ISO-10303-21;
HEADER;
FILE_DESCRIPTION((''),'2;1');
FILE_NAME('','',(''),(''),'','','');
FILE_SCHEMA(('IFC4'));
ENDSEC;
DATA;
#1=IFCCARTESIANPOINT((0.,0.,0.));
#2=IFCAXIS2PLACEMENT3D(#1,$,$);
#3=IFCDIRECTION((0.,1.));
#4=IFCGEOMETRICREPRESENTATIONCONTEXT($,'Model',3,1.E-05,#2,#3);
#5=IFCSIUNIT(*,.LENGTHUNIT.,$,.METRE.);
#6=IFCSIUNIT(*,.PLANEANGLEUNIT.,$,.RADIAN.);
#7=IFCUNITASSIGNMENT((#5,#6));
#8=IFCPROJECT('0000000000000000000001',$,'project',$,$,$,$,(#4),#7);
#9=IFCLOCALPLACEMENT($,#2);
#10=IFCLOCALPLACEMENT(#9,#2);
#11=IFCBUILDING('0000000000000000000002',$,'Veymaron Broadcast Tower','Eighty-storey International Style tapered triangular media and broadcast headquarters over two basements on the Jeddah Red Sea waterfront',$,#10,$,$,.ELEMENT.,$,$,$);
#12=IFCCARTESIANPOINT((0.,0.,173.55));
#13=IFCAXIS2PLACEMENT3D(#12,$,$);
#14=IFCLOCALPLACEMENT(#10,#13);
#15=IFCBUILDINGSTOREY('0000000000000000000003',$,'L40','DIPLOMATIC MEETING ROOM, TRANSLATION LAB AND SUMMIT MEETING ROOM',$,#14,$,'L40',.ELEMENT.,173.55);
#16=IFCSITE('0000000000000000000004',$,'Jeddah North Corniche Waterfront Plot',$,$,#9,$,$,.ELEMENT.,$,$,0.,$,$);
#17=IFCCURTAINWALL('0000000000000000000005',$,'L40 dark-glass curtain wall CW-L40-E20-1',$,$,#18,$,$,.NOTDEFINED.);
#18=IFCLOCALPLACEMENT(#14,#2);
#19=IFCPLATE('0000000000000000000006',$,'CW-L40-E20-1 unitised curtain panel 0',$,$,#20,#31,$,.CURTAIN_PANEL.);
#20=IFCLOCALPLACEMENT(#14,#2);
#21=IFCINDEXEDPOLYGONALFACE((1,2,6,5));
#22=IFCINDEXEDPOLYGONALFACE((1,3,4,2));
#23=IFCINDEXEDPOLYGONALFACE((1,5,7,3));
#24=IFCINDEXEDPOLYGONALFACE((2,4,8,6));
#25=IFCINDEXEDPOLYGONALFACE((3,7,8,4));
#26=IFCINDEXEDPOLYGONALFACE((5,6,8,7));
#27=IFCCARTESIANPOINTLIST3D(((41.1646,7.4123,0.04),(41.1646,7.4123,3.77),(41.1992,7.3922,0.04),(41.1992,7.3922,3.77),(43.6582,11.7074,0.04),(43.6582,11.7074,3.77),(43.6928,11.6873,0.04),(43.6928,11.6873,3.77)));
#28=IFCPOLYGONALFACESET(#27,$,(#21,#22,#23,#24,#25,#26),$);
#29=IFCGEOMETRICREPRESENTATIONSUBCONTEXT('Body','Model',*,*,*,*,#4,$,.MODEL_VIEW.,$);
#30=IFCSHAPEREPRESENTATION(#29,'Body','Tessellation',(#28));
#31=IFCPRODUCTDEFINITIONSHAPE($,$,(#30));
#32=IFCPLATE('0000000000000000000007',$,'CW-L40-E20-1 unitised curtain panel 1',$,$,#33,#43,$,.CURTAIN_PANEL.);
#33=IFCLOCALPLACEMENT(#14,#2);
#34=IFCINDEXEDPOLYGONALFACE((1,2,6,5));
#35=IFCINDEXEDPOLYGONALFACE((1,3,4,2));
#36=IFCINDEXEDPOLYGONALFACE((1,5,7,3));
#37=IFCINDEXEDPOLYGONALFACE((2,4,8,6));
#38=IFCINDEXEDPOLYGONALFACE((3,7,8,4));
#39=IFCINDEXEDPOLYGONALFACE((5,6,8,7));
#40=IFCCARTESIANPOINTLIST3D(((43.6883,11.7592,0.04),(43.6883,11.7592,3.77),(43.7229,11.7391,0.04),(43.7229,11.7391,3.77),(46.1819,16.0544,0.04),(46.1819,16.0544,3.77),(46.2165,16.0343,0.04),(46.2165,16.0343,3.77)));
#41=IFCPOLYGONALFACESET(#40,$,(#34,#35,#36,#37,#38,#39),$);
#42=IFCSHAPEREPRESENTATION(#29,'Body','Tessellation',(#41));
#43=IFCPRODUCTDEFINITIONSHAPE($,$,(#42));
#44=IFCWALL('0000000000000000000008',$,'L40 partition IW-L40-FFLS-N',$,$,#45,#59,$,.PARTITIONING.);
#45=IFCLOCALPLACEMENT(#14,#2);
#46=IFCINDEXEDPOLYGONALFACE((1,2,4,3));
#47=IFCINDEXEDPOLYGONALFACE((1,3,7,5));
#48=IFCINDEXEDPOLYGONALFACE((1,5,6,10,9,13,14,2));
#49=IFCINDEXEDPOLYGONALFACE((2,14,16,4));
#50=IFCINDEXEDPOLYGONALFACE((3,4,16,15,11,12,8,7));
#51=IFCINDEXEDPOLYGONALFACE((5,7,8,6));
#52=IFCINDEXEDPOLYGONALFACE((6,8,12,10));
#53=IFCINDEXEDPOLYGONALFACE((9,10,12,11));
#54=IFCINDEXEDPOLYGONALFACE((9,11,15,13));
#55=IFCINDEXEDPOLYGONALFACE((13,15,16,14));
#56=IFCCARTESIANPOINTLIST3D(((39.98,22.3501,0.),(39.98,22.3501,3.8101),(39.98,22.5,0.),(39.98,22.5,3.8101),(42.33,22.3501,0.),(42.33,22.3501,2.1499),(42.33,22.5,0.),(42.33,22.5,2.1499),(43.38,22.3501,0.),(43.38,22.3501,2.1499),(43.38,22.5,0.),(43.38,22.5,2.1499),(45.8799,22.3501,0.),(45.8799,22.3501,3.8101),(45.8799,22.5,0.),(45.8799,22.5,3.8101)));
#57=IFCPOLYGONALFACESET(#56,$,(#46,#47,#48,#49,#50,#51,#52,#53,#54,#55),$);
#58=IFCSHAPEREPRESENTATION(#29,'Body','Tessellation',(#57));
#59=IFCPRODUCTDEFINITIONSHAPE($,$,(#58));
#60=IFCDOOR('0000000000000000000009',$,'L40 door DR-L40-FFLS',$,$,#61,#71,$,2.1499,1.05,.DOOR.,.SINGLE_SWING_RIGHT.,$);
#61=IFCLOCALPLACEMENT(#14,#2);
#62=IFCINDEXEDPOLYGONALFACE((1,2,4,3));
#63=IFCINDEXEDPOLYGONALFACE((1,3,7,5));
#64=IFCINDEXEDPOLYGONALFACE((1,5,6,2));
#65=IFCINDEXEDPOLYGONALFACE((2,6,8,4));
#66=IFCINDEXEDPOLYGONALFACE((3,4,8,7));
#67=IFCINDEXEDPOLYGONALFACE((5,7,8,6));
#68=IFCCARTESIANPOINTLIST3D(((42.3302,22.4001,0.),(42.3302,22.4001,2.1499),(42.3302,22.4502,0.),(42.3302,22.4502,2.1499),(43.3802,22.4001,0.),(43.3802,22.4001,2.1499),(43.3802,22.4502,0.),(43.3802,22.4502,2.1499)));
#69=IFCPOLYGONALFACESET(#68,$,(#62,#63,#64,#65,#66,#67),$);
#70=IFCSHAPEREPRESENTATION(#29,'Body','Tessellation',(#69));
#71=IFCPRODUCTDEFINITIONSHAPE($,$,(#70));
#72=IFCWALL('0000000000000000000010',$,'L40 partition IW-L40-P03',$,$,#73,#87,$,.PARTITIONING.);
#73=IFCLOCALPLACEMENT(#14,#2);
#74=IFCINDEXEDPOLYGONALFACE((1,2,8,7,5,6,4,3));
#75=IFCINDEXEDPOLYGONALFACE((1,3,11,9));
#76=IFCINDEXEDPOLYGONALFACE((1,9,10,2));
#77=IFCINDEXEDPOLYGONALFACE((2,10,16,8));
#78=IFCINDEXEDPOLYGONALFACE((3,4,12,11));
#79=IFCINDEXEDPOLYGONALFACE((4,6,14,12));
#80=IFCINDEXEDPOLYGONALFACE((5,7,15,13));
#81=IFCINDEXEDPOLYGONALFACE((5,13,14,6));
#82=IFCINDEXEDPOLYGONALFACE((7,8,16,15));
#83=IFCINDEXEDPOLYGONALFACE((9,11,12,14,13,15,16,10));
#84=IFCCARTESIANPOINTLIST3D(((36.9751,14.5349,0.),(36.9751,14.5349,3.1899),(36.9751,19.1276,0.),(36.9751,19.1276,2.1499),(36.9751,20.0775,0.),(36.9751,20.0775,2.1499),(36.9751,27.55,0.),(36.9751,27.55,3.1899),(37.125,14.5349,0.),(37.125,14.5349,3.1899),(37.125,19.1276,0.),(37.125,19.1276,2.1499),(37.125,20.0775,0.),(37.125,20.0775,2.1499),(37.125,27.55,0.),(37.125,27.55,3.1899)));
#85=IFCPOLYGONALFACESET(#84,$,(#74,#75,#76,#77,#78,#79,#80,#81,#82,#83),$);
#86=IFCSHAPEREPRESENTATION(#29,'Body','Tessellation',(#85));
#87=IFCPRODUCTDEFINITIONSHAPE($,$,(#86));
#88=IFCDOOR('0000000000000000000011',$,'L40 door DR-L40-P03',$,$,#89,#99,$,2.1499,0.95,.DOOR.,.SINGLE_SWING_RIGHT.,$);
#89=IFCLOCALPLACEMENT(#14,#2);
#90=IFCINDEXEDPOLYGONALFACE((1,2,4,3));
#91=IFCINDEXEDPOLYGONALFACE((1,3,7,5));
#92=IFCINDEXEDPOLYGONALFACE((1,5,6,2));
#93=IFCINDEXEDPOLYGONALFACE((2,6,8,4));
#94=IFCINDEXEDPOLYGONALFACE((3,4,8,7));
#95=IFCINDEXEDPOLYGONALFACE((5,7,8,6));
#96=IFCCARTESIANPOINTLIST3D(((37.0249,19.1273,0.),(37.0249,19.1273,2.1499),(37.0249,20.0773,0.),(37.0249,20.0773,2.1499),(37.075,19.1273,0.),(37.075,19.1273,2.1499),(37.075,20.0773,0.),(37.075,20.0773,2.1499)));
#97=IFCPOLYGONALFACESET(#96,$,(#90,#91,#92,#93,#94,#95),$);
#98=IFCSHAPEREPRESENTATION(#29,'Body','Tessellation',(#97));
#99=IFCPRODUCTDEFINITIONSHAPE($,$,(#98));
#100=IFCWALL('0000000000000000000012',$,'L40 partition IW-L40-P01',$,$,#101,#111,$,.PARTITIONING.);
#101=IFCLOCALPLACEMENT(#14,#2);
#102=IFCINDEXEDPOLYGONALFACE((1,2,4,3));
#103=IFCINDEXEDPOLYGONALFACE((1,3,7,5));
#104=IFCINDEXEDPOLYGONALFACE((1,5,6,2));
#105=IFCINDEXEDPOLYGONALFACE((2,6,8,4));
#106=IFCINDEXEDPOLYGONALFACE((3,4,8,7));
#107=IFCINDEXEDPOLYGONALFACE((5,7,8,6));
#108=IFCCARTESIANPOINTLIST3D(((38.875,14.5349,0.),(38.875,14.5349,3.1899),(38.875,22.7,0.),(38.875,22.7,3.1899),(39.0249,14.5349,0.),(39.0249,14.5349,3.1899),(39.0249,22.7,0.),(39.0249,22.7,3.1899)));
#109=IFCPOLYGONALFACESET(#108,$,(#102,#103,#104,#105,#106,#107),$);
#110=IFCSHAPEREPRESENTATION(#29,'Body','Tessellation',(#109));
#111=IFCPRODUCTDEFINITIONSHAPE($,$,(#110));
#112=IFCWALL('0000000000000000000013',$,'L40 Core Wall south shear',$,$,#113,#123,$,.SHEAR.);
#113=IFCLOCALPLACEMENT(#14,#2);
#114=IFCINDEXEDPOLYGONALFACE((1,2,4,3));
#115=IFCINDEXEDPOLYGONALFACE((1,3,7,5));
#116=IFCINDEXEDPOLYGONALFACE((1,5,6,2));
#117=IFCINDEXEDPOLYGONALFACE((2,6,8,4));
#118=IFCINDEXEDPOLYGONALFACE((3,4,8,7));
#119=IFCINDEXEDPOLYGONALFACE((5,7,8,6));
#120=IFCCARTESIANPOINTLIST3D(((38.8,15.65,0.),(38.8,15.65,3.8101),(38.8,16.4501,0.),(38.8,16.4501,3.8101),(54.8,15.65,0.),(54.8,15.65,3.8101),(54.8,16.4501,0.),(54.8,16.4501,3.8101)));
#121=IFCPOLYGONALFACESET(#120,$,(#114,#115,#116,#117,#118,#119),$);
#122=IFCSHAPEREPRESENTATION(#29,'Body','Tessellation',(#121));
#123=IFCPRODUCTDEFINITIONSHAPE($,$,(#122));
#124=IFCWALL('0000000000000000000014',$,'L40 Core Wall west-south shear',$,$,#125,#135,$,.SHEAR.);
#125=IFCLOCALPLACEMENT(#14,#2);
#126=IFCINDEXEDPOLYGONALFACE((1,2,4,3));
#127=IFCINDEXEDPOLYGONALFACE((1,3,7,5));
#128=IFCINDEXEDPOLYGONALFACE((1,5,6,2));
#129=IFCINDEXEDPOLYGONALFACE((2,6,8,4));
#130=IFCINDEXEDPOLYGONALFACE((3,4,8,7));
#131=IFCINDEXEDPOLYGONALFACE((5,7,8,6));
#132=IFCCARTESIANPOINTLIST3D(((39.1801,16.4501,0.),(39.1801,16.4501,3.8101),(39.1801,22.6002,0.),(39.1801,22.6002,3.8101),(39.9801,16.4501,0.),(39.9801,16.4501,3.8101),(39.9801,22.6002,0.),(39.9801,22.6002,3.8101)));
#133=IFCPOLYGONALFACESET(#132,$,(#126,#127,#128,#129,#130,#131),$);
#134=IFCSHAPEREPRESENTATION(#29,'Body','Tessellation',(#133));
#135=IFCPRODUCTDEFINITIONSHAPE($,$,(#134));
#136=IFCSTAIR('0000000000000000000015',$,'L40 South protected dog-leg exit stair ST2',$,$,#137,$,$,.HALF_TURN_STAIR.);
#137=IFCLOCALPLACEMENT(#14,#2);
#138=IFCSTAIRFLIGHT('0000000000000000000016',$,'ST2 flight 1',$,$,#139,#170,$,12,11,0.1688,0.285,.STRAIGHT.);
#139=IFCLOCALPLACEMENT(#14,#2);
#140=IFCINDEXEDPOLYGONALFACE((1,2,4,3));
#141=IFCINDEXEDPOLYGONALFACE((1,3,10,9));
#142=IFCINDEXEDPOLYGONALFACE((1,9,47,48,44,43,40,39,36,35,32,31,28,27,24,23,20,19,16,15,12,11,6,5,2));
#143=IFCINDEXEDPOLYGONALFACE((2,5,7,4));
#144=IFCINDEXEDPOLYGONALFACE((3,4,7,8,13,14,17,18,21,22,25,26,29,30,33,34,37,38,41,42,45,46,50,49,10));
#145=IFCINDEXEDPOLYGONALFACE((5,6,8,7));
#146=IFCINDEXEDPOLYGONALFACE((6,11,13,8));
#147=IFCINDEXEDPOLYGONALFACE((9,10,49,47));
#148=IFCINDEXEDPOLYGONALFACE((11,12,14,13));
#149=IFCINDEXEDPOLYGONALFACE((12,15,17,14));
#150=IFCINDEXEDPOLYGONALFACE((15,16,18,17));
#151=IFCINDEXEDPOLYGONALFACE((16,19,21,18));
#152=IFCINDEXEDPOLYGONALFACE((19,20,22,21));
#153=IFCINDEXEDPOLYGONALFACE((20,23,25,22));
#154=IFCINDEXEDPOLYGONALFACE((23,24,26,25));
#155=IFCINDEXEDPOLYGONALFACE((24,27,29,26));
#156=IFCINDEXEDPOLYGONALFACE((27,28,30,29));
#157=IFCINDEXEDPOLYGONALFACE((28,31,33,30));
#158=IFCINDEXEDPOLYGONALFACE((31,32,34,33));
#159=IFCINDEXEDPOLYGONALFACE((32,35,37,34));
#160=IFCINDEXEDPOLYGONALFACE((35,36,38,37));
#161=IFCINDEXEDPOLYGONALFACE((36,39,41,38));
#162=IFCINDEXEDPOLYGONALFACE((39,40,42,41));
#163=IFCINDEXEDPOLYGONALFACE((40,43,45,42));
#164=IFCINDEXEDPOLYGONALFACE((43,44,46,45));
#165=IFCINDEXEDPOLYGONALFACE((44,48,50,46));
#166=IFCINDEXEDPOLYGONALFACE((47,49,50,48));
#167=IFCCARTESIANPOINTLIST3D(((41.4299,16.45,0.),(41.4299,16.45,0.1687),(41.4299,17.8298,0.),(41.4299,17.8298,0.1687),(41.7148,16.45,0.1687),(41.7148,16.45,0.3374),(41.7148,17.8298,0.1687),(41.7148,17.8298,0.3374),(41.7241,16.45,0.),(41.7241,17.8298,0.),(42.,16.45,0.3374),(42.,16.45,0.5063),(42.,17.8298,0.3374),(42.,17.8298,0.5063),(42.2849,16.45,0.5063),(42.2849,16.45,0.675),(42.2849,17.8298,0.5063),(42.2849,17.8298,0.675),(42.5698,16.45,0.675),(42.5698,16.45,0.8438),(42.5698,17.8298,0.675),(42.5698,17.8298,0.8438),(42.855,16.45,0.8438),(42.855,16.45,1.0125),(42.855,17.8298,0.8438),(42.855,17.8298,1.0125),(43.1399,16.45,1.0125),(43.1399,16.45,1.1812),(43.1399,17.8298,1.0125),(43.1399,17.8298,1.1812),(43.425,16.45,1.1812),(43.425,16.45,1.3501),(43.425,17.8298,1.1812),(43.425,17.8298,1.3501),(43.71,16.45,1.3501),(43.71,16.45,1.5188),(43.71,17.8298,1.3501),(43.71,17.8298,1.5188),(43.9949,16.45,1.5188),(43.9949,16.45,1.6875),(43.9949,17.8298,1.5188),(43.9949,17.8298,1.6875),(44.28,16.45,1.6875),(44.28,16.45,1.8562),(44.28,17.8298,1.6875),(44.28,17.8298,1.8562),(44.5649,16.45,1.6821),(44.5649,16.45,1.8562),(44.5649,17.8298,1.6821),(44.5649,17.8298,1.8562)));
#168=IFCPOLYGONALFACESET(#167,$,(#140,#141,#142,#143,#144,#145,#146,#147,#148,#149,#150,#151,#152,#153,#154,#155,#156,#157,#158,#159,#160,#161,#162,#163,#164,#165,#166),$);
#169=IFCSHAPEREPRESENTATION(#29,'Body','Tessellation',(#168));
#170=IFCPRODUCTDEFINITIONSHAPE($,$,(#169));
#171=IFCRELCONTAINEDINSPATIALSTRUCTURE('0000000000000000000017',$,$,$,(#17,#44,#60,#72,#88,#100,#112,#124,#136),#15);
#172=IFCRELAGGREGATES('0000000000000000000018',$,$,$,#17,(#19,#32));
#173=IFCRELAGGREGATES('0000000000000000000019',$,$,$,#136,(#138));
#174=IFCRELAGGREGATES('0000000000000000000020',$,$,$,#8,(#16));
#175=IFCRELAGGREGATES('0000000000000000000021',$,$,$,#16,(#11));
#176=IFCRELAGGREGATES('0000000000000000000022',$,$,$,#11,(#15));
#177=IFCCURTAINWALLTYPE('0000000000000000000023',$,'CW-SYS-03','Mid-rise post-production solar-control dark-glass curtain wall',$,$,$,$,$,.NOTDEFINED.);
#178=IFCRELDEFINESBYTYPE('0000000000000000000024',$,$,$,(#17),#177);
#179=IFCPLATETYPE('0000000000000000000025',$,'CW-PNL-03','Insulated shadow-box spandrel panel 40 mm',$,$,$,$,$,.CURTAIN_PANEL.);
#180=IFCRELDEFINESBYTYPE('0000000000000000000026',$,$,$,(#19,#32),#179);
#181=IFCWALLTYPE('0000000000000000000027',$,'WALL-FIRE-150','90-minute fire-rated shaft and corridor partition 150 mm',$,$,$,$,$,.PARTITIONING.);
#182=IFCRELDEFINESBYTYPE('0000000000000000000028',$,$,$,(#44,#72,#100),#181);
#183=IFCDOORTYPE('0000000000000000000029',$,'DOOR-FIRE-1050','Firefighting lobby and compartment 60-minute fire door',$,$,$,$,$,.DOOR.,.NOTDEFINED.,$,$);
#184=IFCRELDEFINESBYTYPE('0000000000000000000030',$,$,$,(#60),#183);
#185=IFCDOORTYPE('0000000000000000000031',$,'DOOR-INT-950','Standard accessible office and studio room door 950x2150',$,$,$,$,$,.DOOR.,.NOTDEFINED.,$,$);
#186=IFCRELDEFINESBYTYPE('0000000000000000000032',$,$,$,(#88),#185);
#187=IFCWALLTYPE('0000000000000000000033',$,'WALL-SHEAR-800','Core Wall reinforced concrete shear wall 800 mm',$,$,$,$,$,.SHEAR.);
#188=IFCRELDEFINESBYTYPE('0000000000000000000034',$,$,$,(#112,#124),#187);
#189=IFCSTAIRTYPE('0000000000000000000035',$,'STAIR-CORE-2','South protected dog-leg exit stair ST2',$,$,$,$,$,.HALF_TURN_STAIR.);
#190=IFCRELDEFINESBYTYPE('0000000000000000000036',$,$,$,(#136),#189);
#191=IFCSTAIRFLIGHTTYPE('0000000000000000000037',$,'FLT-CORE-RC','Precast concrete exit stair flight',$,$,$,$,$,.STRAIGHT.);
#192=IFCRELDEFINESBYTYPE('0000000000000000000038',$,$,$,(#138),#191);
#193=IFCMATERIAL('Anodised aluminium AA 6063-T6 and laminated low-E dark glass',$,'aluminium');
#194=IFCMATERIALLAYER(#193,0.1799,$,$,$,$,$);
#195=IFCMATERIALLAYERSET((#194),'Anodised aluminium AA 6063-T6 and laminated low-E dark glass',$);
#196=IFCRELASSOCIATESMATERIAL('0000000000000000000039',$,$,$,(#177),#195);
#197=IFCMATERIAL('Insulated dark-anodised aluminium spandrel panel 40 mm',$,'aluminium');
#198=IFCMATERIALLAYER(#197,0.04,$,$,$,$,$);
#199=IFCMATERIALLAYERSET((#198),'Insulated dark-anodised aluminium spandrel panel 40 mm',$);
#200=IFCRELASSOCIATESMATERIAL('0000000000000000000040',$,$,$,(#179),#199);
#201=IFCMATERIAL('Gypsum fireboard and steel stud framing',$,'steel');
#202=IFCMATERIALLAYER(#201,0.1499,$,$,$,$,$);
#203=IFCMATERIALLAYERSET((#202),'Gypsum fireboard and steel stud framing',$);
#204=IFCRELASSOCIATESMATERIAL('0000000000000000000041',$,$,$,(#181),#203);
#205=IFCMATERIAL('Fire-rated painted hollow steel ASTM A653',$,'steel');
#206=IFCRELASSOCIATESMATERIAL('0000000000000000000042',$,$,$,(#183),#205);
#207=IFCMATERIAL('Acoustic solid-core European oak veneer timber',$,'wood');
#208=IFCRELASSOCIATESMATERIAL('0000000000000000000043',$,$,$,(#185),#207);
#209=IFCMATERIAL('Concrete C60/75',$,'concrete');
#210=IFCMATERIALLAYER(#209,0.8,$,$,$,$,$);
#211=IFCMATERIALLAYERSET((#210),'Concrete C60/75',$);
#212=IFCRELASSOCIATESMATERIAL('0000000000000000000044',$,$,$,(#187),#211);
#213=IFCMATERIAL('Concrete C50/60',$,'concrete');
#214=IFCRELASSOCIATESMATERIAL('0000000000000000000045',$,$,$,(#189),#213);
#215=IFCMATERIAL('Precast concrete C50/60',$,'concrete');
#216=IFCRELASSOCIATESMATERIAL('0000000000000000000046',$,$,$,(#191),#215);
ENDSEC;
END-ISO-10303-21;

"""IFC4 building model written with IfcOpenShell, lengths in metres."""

from ifc_helpers import new_model, si_unit, direction, frame, frame_2d, origin, origin_2d, place, context, subcontext, project, spatial, polyline, rectangle, outline, extrude, material, layer, layer_set, type_object, element, fill, aggregate, save


model = new_model("IFC4")

# Units and contexts
model_context = context("Model", 3, precision=1e-05, world=origin(), true_north=direction((0.0, 1.0)))
body_context = subcontext(model_context, "Body", "Model", "MODEL_VIEW")
ifc_project = project(units=[si_unit("LENGTHUNIT", "METRE"), si_unit("PLANEANGLEUNIT", "RADIAN")], contexts=[model_context])

# Site, building, storey
site_placement = place(None, origin())
site = spatial("IfcSite", under=ifc_project, at=site_placement, Name="Jeddah North Corniche Waterfront Plot", CompositionType="ELEMENT", RefElevation=0.0)
building_placement = place(site_placement, origin())
building = spatial("IfcBuilding", under=site, at=building_placement, Name="Veymaron Broadcast Tower", Description="Eighty-storey International Style tapered triangular media and broadcast headquarters over two basements on the Jeddah Red Sea waterfront", CompositionType="ELEMENT")
storey_placement = place(building_placement, frame((0.0, 0.0, 173.55)))
storey = spatial("IfcBuildingStorey", under=building, at=storey_placement, Name="L40", Description="DIPLOMATIC MEETING ROOM, TRANSLATION LAB AND SUMMIT MEETING ROOM", LongName="L40", CompositionType="ELEMENT", Elevation=173.55)

# Curtain wall, plates
ifc_material_1 = material(Name="Anodised aluminium AA 6063-T6 and laminated low-E dark glass", Category="aluminium")
ifc_layer_1 = layer(ifc_material_1, 0.1799)
ifc_layer_set_1 = layer_set([ifc_layer_1], Name="Anodised aluminium AA 6063-T6 and laminated low-E dark glass")
curtain_wall_type = type_object("IfcCurtainWallType", Name="CW-SYS-03", Description="Mid-rise post-production solar-control dark-glass curtain wall", PredefinedType="NOTDEFINED", material=ifc_layer_set_1)
curtain_wall_placement = place(storey_placement, origin())
curtain_wall = element("IfcCurtainWall", 1, at=curtain_wall_placement, inside=storey, type_object=curtain_wall_type, Name="L40 dark-glass curtain wall CW-L40-E20-1", PredefinedType="NOTDEFINED")
ifc_material_2 = material(Name="Insulated dark-anodised aluminium spandrel panel 40 mm", Category="aluminium")
ifc_layer_2 = layer(ifc_material_2, 0.04)
ifc_layer_set_2 = layer_set([ifc_layer_2], Name="Insulated dark-anodised aluminium spandrel panel 40 mm")
plate_type = type_object("IfcPlateType", Name="CW-PNL-03", Description="Insulated shadow-box spandrel panel 40 mm", PredefinedType="CURTAIN_PANEL", material=ifc_layer_set_2)
plate_1_placement = place(storey_placement, frame((42.4287, 9.5498, 0.04), z_axis=(0.0, 0.0, 1.0), x_axis=(0.502084, 0.864819, 0.0)))
plate_1 = element("IfcPlate", 2, at=plate_1_placement, type_object=plate_type, Name="CW-L40-E20-1 unitised curtain panel 0", PredefinedType="CURTAIN_PANEL", context=body_context, shape_type="SweptSolid", body=[
    extrude(rectangle(XDim=4.9666, YDim=0.04, at=origin_2d()), origin(), (0.0, 0.0, 1.0), 3.73),
])
plate_2_placement = place(storey_placement, frame((44.9524, 13.8967, 0.04), z_axis=(0.0, 0.0, 1.0), x_axis=(0.502084, 0.864819, 0.0)))
plate_2 = element("IfcPlate", 3, at=plate_2_placement, type_object=plate_type, Name="CW-L40-E20-1 unitised curtain panel 1", PredefinedType="CURTAIN_PANEL", context=body_context, shape_type="SweptSolid", body=[
    extrude(rectangle(XDim=4.9666, YDim=0.04, at=origin_2d()), origin(), (0.0, 0.0, 1.0), 3.73),
])
aggregate(curtain_wall, [plate_1, plate_2])

# Walls, openings, doors
ifc_material_3 = material(Name="Gypsum fireboard and steel stud framing", Category="steel")
ifc_layer_3 = layer(ifc_material_3, 0.1499)
ifc_layer_set_3 = layer_set([ifc_layer_3], Name="Gypsum fireboard and steel stud framing")
wall_type_1 = type_object("IfcWallType", Name="WALL-FIRE-150", Description="90-minute fire-rated shaft and corridor partition 150 mm", PredefinedType="PARTITIONING", material=ifc_layer_set_3)
wall_1_placement = place(storey_placement, frame((39.98, 22.425, 0.0), z_axis=(0.0, 0.0, 1.0), x_axis=(1.0, 0.0, 0.0)))
wall_1 = element("IfcWall", 4, at=wall_1_placement, inside=storey, type_object=wall_type_1, Name="L40 partition IW-L40-FFLS-N", PredefinedType="PARTITIONING", context=body_context, shape_type="SweptSolid", body=[
    extrude(rectangle(XDim=5.8999, YDim=0.1499, at=frame_2d((2.95, 0.0))), origin(), (0.0, 0.0, 1.0), 3.8101),
])
opening_1_placement = place(wall_1_placement, frame((2.3501, 0.0, 0.0)))
opening_1 = element("IfcOpeningElement", 5, at=opening_1_placement, cuts=wall_1, PredefinedType="OPENING", context=body_context, shape_type="SweptSolid", body=[
    extrude(rectangle(XDim=1.05, YDim=2.1499, at=frame_2d((0.5249, 1.075))), frame((0.0, 0.085, 0.0), z_axis=(0.0, -1.0, 0.0), x_axis=(1.0, 0.0, 0.0)), (0.0, 0.0, 1.0), 0.1699),
])
ifc_material_4 = material(Name="Fire-rated painted hollow steel ASTM A653", Category="steel")
door_type_1 = type_object("IfcDoorType", Name="DOOR-FIRE-1050", Description="Firefighting lobby and compartment 60-minute fire door", OperationType="NOTDEFINED", PredefinedType="DOOR", material=ifc_material_4)
door_1_placement = place(opening_1_placement, frame((1.05, 0.0, 0.0), z_axis=(0.0, 0.0, 1.0), x_axis=(-1.0, 0.0, 0.0)))
door_1 = element("IfcDoor", 6, at=door_1_placement, inside=storey, type_object=door_type_1, Name="L40 door DR-L40-FFLS", OperationType="SINGLE_SWING_RIGHT", OverallHeight=2.1499, OverallWidth=1.05, PredefinedType="DOOR", context=body_context, shape_type="SweptSolid", body=[
    extrude(rectangle(XDim=1.05, YDim=2.1499, at=frame_2d((0.5249, 1.075))), frame((0.0, 0.0249, 0.0), z_axis=(0.0, -1.0, 0.0), x_axis=(1.0, 0.0, 0.0)), (0.0, 0.0, 1.0), 0.05),
])
fill(opening_1, door_1)
ifc_material_5 = material(Name="Acoustic solid-core European oak veneer timber", Category="wood")
door_type_2 = type_object("IfcDoorType", Name="DOOR-INT-950", Description="Standard accessible office and studio room door 950x2150", OperationType="NOTDEFINED", PredefinedType="DOOR", material=ifc_material_5)
wall_2_placement = place(storey_placement, frame((37.05, 14.5349, 0.0), z_axis=(0.0, 0.0, 1.0), x_axis=(0.0, 1.0, 0.0)))
wall_2 = element("IfcWall", 7, at=wall_2_placement, inside=storey, type_object=wall_type_1, Name="L40 partition IW-L40-P03", PredefinedType="PARTITIONING", context=body_context, shape_type="SweptSolid", body=[
    extrude(rectangle(XDim=13.0151, YDim=0.1499, at=frame_2d((6.5076, 0.0))), origin(), (0.0, 0.0, 1.0), 3.1899),
])
opening_2_placement = place(wall_2_placement, frame((4.5925, 0.0, 0.0)))
opening_2 = element("IfcOpeningElement", 8, at=opening_2_placement, cuts=wall_2, PredefinedType="OPENING", context=body_context, shape_type="SweptSolid", body=[
    extrude(rectangle(XDim=0.95, YDim=2.1499, at=frame_2d((0.4751, 1.075))), frame((0.0, 0.085, 0.0), z_axis=(0.0, -1.0, 0.0), x_axis=(1.0, 0.0, 0.0)), (0.0, 0.0, 1.0), 0.1699),
])
door_2_placement = place(opening_2_placement, frame((0.95, 0.0, 0.0), z_axis=(0.0, 0.0, 1.0), x_axis=(-1.0, 0.0, 0.0)))
door_2 = element("IfcDoor", 9, at=door_2_placement, inside=storey, type_object=door_type_2, Name="L40 door DR-L40-P03", OperationType="SINGLE_SWING_RIGHT", OverallHeight=2.1499, OverallWidth=0.95, PredefinedType="DOOR", context=body_context, shape_type="SweptSolid", body=[
    extrude(rectangle(XDim=0.95, YDim=2.1499, at=frame_2d((0.4751, 1.075))), frame((0.0, 0.0249, 0.0), z_axis=(0.0, -1.0, 0.0), x_axis=(1.0, 0.0, 0.0)), (0.0, 0.0, 1.0), 0.05),
])
fill(opening_2, door_2)

# Wall
wall_3_placement = place(storey_placement, frame((38.95, 14.5349, 0.0), z_axis=(0.0, 0.0, 1.0), x_axis=(0.0, 1.0, 0.0)))
element("IfcWall", 10, at=wall_3_placement, inside=storey, type_object=wall_type_1, Name="L40 partition IW-L40-P01", PredefinedType="PARTITIONING", context=body_context, shape_type="SweptSolid", body=[
    extrude(rectangle(XDim=8.165, YDim=0.1499, at=frame_2d((4.0825, 0.0))), origin(), (0.0, 0.0, 1.0), 3.1899),
])

# Shared definitions
ifc_material_6 = material(Name="Concrete C50/60", Category="concrete")

# Walls
ifc_material_7 = material(Name="Concrete C60/75", Category="concrete")
ifc_layer_4 = layer(ifc_material_7, 0.8)
ifc_layer_set_4 = layer_set([ifc_layer_4], Name="Concrete C60/75")
wall_type_2 = type_object("IfcWallType", Name="WALL-SHEAR-800", Description="Core Wall reinforced concrete shear wall 800 mm", PredefinedType="SHEAR", material=ifc_layer_set_4)
wall_4_placement = place(storey_placement, frame((38.8, 16.05, 0.0), z_axis=(0.0, 0.0, 1.0), x_axis=(1.0, 0.0, 0.0)))
element("IfcWall", 11, at=wall_4_placement, inside=storey, type_object=wall_type_2, Name="L40 Core Wall south shear", PredefinedType="SHEAR", context=body_context, shape_type="SweptSolid", body=[
    extrude(rectangle(XDim=16.0, YDim=0.8, at=frame_2d((8.0, 0.0))), origin(), (0.0, 0.0, 1.0), 3.8101),
])
wall_5_placement = place(storey_placement, frame((39.5801, 16.45, 0.0), z_axis=(0.0, 0.0, 1.0), x_axis=(0.0, 1.0, 0.0)))
element("IfcWall", 12, at=wall_5_placement, inside=storey, type_object=wall_type_2, Name="L40 Core Wall west-south shear", PredefinedType="SHEAR", context=body_context, shape_type="SweptSolid", body=[
    extrude(rectangle(XDim=6.1501, YDim=0.8, at=frame_2d((3.0752, 0.0))), origin(), (0.0, 0.0, 1.0), 3.8101),
])

# Stair, stair flight
stair_type = type_object("IfcStairType", Name="STAIR-CORE-2", Description="South protected dog-leg exit stair ST2", PredefinedType="HALF_TURN_STAIR", material=ifc_material_6)
stair_placement = place(storey_placement, origin())
stair = element("IfcStair", 13, at=stair_placement, inside=storey, type_object=stair_type, Name="L40 South protected dog-leg exit stair ST2", PredefinedType="HALF_TURN_STAIR")
ifc_material_8 = material(Name="Precast concrete C50/60", Category="concrete")
stair_flight_type = type_object("IfcStairFlightType", Name="FLT-CORE-RC", Description="Precast concrete exit stair flight", PredefinedType="STRAIGHT", material=ifc_material_8)
stair_flight_1_placement = place(storey_placement, frame((41.4299, 17.1399, 0.0), z_axis=(0.0, 0.0, 1.0), x_axis=(1.0, 0.0, 0.0)))
stair_flight_1 = element("IfcStairFlight", 14, at=stair_flight_1_placement, type_object=stair_flight_type, Name="ST2 flight 1", NumberOfRisers=12, NumberOfTreads=11, PredefinedType="STRAIGHT", RiserHeight=0.1688, TreadLength=0.285, context=body_context, shape_type="SweptSolid", body=[
    extrude(outline(polyline([(0.0, 0.0), (0.0, 0.1687), (0.2849, 0.1687), (0.2849, 0.3374), (0.5701, 0.3374), (0.5701, 0.5063), (0.855, 0.5063), (0.855, 0.675), (1.1399, 0.675), (1.1399, 0.8438), (1.425, 0.8438), (1.425, 1.0125), (1.71, 1.0125), (1.71, 1.1812), (1.9951, 1.1812), (1.9951, 1.3501), (2.28, 1.3501), (2.28, 1.5188), (2.5649, 1.5188), (2.5649, 1.6875), (2.8501, 1.6875), (2.8501, 1.8562), (3.135, 1.8562), (3.135, 2.0249), (3.135, 1.6821), (0.2942, 0.0), (0.0, 0.0)])), frame((0.0, 0.6899, 0.0), z_axis=(0.0, -1.0, 0.0), x_axis=(1.0, 0.0, 0.0)), (0.0, 0.0, 1.0), 1.3799),
])
aggregate(stair, [stair_flight_1])

save(model, "model.ifc")
